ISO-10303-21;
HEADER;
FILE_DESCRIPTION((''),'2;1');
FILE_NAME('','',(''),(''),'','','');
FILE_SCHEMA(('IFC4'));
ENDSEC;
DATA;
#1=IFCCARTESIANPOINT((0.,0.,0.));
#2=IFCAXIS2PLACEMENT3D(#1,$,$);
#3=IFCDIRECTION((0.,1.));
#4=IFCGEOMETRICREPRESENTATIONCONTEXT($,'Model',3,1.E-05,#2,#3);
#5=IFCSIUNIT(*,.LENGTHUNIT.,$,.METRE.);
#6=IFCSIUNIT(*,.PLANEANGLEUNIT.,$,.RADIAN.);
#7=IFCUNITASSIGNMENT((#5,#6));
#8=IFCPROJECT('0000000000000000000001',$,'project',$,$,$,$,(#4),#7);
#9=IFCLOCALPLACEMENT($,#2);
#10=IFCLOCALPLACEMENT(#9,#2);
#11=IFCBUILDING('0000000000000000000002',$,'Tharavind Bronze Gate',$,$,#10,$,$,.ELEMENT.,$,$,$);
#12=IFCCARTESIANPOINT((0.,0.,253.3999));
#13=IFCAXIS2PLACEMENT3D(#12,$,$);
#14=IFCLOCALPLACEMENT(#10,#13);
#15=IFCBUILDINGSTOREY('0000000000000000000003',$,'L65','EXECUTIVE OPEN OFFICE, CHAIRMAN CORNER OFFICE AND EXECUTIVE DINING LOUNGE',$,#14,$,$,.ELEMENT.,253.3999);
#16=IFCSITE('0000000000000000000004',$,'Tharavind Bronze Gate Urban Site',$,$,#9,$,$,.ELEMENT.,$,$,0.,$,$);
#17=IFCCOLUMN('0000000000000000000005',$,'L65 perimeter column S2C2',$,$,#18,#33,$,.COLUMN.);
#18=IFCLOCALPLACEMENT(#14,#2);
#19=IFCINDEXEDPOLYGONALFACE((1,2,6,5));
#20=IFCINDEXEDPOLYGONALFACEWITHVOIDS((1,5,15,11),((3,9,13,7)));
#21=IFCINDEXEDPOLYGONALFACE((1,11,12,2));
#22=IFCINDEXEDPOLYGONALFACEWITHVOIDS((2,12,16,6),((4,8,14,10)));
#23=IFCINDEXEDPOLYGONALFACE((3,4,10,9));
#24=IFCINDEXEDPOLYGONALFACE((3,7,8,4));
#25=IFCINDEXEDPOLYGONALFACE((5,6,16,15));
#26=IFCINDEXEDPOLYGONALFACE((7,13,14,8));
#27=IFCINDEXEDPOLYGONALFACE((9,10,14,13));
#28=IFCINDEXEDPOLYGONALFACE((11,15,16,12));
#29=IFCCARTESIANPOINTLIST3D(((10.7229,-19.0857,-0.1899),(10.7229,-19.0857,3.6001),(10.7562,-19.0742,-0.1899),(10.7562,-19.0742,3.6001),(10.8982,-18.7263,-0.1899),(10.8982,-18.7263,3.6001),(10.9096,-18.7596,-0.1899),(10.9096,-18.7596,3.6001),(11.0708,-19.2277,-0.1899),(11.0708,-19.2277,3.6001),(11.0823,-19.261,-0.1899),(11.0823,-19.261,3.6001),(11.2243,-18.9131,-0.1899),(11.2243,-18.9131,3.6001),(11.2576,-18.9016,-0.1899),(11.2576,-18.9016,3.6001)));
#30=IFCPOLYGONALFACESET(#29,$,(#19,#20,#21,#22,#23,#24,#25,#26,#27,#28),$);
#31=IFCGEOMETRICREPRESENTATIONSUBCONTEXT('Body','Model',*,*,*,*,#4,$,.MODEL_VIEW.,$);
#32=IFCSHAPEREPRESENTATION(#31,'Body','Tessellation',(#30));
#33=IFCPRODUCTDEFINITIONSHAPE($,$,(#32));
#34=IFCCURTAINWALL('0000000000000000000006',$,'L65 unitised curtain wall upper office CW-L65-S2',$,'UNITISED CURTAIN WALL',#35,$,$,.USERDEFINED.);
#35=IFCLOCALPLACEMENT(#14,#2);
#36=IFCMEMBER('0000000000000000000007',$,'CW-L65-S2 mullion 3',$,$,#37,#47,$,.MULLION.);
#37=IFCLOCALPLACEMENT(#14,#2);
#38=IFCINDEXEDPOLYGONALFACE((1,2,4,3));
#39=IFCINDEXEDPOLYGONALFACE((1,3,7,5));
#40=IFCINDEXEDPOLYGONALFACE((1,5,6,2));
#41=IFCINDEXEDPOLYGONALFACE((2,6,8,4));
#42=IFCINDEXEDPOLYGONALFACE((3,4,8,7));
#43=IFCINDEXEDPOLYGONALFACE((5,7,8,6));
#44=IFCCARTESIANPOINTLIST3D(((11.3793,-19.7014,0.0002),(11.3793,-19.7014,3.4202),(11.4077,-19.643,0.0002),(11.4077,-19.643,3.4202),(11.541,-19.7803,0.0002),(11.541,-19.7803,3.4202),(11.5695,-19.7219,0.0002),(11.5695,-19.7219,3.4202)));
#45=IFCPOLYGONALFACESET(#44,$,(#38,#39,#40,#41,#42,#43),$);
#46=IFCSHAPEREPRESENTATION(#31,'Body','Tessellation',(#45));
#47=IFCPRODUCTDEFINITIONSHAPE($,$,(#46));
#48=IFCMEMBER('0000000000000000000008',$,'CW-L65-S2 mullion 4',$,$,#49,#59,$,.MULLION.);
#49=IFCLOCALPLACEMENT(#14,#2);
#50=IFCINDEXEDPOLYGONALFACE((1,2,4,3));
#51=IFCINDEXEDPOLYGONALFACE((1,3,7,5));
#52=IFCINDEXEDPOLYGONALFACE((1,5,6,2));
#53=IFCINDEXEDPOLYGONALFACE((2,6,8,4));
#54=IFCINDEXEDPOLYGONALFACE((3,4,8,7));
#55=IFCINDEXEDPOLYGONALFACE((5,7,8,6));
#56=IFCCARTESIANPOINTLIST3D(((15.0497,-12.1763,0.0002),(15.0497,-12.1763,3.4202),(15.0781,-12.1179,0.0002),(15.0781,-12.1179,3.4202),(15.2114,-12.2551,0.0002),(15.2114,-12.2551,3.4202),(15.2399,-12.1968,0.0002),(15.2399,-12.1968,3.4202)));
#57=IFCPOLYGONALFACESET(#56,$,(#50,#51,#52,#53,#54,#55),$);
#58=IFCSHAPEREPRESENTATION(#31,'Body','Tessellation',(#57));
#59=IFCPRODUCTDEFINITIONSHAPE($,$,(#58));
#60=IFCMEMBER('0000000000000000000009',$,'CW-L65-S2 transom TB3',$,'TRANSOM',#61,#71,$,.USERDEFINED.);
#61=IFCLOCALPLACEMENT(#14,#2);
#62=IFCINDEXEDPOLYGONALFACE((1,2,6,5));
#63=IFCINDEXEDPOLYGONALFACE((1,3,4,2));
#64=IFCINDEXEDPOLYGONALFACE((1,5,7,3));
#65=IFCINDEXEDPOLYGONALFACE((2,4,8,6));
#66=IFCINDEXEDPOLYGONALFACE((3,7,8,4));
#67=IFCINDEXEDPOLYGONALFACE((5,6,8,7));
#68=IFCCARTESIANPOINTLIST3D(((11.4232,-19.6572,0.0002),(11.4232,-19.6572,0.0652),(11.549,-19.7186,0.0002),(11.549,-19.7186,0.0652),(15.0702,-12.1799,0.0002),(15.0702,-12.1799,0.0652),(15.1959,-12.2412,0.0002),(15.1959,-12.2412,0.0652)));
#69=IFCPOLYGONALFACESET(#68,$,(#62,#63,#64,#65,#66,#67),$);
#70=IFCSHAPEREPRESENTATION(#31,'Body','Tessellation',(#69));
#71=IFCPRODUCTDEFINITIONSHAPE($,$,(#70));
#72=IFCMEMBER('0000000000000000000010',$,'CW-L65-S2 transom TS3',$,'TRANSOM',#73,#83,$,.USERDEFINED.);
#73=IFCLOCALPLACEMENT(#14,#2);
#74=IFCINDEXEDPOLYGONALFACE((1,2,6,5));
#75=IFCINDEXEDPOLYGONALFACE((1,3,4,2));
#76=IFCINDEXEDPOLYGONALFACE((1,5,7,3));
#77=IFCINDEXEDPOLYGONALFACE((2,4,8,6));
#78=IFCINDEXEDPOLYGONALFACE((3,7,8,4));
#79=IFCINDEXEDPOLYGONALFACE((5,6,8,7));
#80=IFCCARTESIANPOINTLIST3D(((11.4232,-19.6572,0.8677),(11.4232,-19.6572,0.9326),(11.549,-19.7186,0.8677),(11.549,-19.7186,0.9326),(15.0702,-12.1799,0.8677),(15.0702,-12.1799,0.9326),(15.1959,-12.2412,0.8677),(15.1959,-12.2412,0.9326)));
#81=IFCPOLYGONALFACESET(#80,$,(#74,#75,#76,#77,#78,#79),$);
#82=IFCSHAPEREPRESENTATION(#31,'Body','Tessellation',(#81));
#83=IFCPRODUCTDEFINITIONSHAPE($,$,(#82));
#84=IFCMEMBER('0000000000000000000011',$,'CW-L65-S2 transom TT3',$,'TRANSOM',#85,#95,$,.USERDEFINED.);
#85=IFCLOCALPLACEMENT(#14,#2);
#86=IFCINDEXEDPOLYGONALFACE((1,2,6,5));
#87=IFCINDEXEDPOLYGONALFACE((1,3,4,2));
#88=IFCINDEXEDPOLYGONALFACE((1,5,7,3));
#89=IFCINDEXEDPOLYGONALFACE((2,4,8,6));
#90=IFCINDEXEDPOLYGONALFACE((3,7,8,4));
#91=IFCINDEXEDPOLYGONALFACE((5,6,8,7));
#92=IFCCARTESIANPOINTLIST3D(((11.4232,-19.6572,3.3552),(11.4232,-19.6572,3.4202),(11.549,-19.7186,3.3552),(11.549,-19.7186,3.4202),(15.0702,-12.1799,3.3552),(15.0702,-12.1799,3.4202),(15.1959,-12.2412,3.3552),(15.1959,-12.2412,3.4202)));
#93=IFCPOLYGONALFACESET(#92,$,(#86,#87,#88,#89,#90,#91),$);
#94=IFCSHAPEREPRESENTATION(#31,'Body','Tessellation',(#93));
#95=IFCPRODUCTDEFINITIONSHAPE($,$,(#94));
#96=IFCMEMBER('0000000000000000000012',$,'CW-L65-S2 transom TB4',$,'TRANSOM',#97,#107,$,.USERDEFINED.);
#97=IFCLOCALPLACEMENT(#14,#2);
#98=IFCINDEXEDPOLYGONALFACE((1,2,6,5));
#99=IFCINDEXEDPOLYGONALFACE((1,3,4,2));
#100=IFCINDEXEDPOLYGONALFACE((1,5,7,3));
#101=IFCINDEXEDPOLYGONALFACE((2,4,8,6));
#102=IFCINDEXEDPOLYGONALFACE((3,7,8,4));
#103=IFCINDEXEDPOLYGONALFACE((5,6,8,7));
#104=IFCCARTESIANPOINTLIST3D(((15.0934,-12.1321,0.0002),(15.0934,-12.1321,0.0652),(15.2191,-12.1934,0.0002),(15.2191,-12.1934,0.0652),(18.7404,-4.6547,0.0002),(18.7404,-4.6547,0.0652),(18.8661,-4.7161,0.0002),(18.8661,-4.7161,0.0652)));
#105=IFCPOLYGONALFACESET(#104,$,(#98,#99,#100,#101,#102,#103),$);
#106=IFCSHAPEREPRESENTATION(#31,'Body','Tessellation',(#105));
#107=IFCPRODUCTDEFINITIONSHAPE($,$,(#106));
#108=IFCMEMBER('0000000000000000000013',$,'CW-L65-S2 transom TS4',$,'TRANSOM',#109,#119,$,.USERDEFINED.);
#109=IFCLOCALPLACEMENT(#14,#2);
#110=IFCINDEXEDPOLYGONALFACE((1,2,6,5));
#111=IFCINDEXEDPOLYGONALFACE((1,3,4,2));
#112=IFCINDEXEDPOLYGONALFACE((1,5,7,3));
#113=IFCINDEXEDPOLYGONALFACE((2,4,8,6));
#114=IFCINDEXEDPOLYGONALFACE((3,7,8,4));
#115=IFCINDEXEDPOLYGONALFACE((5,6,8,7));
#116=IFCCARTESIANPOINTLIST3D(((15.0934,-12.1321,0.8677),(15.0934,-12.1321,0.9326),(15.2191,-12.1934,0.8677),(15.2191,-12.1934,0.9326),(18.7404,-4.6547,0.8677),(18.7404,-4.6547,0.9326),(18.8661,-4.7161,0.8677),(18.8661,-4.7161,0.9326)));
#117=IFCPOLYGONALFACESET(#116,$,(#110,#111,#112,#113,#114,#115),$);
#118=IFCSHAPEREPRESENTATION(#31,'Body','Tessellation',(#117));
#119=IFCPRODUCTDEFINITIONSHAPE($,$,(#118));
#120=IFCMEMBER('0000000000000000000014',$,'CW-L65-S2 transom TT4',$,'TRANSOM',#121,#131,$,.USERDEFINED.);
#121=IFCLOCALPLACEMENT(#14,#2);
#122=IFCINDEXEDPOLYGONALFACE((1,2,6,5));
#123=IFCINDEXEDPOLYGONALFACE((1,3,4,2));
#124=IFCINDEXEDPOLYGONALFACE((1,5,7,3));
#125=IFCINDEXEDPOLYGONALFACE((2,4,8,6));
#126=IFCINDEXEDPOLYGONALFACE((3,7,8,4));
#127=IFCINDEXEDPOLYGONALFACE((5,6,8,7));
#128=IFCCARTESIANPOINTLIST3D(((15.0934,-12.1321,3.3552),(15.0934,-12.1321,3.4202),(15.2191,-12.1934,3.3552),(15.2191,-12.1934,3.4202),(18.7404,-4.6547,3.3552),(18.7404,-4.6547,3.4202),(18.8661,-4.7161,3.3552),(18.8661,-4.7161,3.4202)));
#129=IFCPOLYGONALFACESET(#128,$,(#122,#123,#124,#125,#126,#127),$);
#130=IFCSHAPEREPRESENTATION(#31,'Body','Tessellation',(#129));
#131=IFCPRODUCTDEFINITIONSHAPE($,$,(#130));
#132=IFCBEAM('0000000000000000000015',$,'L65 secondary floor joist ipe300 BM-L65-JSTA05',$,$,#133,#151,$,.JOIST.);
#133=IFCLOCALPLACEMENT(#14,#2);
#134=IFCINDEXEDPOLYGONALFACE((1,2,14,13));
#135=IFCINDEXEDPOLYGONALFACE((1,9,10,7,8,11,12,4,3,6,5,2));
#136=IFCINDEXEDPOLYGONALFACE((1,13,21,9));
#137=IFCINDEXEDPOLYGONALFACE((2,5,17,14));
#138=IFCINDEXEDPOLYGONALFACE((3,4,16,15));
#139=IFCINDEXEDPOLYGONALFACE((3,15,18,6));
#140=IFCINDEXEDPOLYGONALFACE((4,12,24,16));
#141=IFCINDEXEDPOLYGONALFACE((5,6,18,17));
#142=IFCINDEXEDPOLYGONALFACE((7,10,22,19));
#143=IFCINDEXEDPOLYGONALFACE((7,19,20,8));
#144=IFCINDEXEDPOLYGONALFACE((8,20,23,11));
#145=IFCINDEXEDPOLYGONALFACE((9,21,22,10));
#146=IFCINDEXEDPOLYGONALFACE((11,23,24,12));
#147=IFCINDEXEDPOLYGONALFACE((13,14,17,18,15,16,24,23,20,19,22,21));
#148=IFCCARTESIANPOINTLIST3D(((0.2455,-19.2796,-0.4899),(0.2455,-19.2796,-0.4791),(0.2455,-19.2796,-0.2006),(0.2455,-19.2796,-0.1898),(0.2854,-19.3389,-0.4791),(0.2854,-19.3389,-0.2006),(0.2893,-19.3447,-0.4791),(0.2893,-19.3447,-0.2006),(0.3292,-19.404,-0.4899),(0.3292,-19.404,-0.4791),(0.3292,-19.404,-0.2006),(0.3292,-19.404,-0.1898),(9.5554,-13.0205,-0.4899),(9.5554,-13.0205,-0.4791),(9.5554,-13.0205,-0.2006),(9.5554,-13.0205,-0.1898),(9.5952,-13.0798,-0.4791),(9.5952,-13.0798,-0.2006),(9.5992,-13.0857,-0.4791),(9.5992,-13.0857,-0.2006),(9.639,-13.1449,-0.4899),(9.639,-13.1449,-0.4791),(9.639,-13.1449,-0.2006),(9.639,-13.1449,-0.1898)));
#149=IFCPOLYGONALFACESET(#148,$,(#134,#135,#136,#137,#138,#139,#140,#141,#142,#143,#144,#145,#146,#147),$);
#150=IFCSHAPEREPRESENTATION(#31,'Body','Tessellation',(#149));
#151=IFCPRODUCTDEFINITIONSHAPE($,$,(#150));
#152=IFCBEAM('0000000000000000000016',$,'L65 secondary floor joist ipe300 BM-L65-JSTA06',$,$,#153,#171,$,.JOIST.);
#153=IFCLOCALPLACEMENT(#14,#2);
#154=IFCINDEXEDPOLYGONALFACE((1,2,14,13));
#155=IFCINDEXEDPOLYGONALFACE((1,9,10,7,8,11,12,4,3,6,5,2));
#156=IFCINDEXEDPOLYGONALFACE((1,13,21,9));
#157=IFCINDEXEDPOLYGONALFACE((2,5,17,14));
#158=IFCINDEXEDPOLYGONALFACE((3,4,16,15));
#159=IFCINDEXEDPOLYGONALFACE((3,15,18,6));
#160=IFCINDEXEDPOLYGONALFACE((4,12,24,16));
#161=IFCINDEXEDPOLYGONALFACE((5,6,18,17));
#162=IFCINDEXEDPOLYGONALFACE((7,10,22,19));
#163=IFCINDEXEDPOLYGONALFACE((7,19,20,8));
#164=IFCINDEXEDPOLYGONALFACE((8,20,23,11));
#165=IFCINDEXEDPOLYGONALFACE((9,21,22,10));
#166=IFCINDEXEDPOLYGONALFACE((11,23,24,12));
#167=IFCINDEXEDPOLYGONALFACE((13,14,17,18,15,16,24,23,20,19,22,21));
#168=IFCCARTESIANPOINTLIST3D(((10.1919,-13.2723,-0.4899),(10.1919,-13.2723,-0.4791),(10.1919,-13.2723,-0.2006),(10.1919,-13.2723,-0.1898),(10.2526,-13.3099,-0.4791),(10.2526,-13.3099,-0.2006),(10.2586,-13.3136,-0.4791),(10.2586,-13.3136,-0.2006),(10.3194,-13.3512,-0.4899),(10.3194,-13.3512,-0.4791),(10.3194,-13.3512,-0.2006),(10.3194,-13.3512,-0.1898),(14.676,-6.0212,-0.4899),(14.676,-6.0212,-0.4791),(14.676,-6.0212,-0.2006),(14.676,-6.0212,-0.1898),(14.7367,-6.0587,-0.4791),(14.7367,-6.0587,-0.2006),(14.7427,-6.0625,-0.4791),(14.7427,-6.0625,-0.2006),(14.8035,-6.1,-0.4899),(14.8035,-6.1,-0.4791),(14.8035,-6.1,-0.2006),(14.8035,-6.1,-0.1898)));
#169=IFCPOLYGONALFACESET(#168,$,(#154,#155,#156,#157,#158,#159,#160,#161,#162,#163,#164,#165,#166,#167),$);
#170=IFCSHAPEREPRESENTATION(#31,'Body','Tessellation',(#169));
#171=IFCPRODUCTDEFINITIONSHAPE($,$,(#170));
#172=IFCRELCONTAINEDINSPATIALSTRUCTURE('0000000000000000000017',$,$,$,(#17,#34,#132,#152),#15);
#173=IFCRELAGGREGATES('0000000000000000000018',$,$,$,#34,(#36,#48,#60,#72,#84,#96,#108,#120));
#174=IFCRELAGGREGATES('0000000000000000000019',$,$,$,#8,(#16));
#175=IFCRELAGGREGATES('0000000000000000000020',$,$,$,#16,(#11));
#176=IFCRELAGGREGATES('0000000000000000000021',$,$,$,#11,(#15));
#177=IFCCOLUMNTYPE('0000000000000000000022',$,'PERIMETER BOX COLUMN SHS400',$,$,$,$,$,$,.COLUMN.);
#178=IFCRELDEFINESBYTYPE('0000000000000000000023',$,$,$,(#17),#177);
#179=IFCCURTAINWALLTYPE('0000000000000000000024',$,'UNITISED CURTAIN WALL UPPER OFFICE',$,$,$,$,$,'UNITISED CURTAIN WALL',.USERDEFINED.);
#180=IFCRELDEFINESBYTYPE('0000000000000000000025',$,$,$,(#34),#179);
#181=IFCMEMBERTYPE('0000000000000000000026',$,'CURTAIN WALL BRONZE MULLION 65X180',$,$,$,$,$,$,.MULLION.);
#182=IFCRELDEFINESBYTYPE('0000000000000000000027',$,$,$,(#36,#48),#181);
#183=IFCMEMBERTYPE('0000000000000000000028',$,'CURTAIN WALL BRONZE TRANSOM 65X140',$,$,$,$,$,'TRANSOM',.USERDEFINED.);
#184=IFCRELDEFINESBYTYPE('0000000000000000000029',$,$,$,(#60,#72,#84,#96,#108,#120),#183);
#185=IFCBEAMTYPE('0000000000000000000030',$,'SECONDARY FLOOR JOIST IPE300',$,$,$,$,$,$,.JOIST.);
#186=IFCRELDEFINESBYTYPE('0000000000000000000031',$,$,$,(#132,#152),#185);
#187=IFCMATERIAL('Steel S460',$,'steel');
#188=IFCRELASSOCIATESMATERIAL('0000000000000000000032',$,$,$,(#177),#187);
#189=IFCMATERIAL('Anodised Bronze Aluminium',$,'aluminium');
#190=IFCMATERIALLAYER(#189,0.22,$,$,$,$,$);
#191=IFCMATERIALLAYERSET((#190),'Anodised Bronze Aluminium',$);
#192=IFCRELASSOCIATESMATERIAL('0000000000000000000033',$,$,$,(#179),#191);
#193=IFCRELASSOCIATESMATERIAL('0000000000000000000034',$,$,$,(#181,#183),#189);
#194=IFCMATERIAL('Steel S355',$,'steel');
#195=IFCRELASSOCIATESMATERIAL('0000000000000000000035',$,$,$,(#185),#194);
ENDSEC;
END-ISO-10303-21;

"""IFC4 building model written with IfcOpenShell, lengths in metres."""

from ifc_helpers import new_model, si_unit, direction, frame, origin, origin_2d, place, context, subcontext, project, spatial, rectangle, hollow_rectangle, i_section, extrude, material, layer, layer_set, material_profile, profile_set, type_object, element, aggregate, save


model = new_model("IFC4")

# Units and contexts
model_context = context("Model", 3, precision=1e-05, world=origin(), true_north=direction((0.0, 1.0)))
body_context = subcontext(model_context, "Body", "Model", "MODEL_VIEW")
ifc_project = project(units=[si_unit("LENGTHUNIT", "METRE"), si_unit("PLANEANGLEUNIT", "RADIAN")], contexts=[model_context])

# Site, building, storey
site_placement = place(None, origin())
site = spatial("IfcSite", under=ifc_project, at=site_placement, Name="Tharavind Bronze Gate Urban Site", CompositionType="ELEMENT", RefElevation=0.0)
building_placement = place(site_placement, origin())
building = spatial("IfcBuilding", under=site, at=building_placement, Name="Tharavind Bronze Gate", CompositionType="ELEMENT")
storey_placement = place(building_placement, frame((0.0, 0.0, 253.3999)))
storey = spatial("IfcBuildingStorey", under=building, at=storey_placement, Name="L65", Description="EXECUTIVE OPEN OFFICE, CHAIRMAN CORNER OFFICE AND EXECUTIVE DINING LOUNGE", CompositionType="ELEMENT", Elevation=253.3999)

# Column
ifc_material_1 = material(Name="Steel S460", Category="steel")
ifc_material_profile_1 = material_profile(ifc_material_1, hollow_rectangle(XDim=0.3999, YDim=0.3999, WallThickness=0.0249, at=origin_2d()), Name="SHS400X25")
ifc_profile_set_1 = profile_set([ifc_material_profile_1], Name="Steel S460")
column_type = type_object("IfcColumnType", Name="PERIMETER BOX COLUMN SHS400", PredefinedType="COLUMN", material=ifc_profile_set_1)
column_placement = place(storey_placement, frame((10.9902, -18.9937, -0.1899), z_axis=(0.0, 0.0, 1.0), x_axis=(0.438373, 0.898793, 0.0)))
element("IfcColumn", 1, at=column_placement, inside=storey, type_object=column_type, Name="L65 perimeter column S2C2", PredefinedType="COLUMN", context=body_context, shape_type="SweptSolid", body=[
    extrude(hollow_rectangle(XDim=0.3999, YDim=0.3999, WallThickness=0.0249, at=origin_2d()), origin(), (0.0, 0.0, 1.0), 3.79),
])

# Curtain wall, members
ifc_material_2 = material(Name="Anodised Bronze Aluminium", Category="aluminium")
ifc_layer_1 = layer(ifc_material_2, 0.22)
ifc_layer_set_1 = layer_set([ifc_layer_1], Name="Anodised Bronze Aluminium")
curtain_wall_type = type_object("IfcCurtainWallType", Name="UNITISED CURTAIN WALL UPPER OFFICE", ElementType="UNITISED CURTAIN WALL", PredefinedType="USERDEFINED", material=ifc_layer_set_1)
curtain_wall_placement = place(storey_placement, origin())
curtain_wall = element("IfcCurtainWall", 2, at=curtain_wall_placement, inside=storey, type_object=curtain_wall_type, Name="L65 unitised curtain wall upper office CW-L65-S2", ObjectType="UNITISED CURTAIN WALL", PredefinedType="USERDEFINED")
member_type_1 = type_object("IfcMemberType", Name="CURTAIN WALL BRONZE MULLION 65X180", PredefinedType="MULLION", material=ifc_material_2)
member_1_placement = place(storey_placement, frame((11.4744, -19.7117, 0.0002), z_axis=(0.0, 0.0, 1.0), x_axis=(0.438373, 0.898793, 0.0)))
member_1 = element("IfcMember", 3, at=member_1_placement, type_object=member_type_1, Name="CW-L65-S2 mullion 3", PredefinedType="MULLION", context=body_context, shape_type="SweptSolid", body=[
    extrude(rectangle(XDim=0.0649, YDim=0.1799, at=origin_2d()), origin(), (0.0, 0.0, 1.0), 3.4199),
])
member_2_placement = place(storey_placement, frame((15.1448, -12.1865, 0.0002), z_axis=(0.0, 0.0, 1.0), x_axis=(0.438373, 0.898793, 0.0)))
member_2 = element("IfcMember", 4, at=member_2_placement, type_object=member_type_1, Name="CW-L65-S2 mullion 4", PredefinedType="MULLION", context=body_context, shape_type="SweptSolid", body=[
    extrude(rectangle(XDim=0.0649, YDim=0.1799, at=origin_2d()), origin(), (0.0, 0.0, 1.0), 3.4199),
])
member_type_2 = type_object("IfcMemberType", Name="CURTAIN WALL BRONZE TRANSOM 65X140", ElementType="TRANSOM", PredefinedType="USERDEFINED", material=ifc_material_2)
member_3_placement = place(storey_placement, frame((13.3096, -15.9492, 0.0002), z_axis=(0.0, 0.0, 1.0), x_axis=(0.438373, 0.898793, 0.0)))
member_3 = element("IfcMember", 5, at=member_3_placement, type_object=member_type_2, Name="CW-L65-S2 transom TB3", ObjectType="TRANSOM", PredefinedType="USERDEFINED", context=body_context, shape_type="SweptSolid", body=[
    extrude(rectangle(XDim=8.3193, YDim=0.1399, at=origin_2d()), origin(), (0.0, 0.0, 1.0), 0.0649),
])
member_4_placement = place(storey_placement, frame((13.3096, -15.9492, 0.8677), z_axis=(0.0, 0.0, 1.0), x_axis=(0.438373, 0.898793, 0.0)))
member_4 = element("IfcMember", 6, at=member_4_placement, type_object=member_type_2, Name="CW-L65-S2 transom TS3", ObjectType="TRANSOM", PredefinedType="USERDEFINED", context=body_context, shape_type="SweptSolid", body=[
    extrude(rectangle(XDim=8.3193, YDim=0.1399, at=origin_2d()), origin(), (0.0, 0.0, 1.0), 0.0649),
])
member_5_placement = place(storey_placement, frame((13.3096, -15.9492, 3.3552), z_axis=(0.0, 0.0, 1.0), x_axis=(0.438373, 0.898793, 0.0)))
member_5 = element("IfcMember", 7, at=member_5_placement, type_object=member_type_2, Name="CW-L65-S2 transom TT3", ObjectType="TRANSOM", PredefinedType="USERDEFINED", context=body_context, shape_type="SweptSolid", body=[
    extrude(rectangle(XDim=8.3193, YDim=0.1399, at=origin_2d()), origin(), (0.0, 0.0, 1.0), 0.0649),
])
member_6_placement = place(storey_placement, frame((16.9797, -8.4241, 0.0002), z_axis=(0.0, 0.0, 1.0), x_axis=(0.438373, 0.898793, 0.0)))
member_6 = element("IfcMember", 8, at=member_6_placement, type_object=member_type_2, Name="CW-L65-S2 transom TB4", ObjectType="TRANSOM", PredefinedType="USERDEFINED", context=body_context, shape_type="SweptSolid", body=[
    extrude(rectangle(XDim=8.3193, YDim=0.1399, at=origin_2d()), origin(), (0.0, 0.0, 1.0), 0.0649),
])
member_7_placement = place(storey_placement, frame((16.9797, -8.4241, 0.8677), z_axis=(0.0, 0.0, 1.0), x_axis=(0.438373, 0.898793, 0.0)))
member_7 = element("IfcMember", 9, at=member_7_placement, type_object=member_type_2, Name="CW-L65-S2 transom TS4", ObjectType="TRANSOM", PredefinedType="USERDEFINED", context=body_context, shape_type="SweptSolid", body=[
    extrude(rectangle(XDim=8.3193, YDim=0.1399, at=origin_2d()), origin(), (0.0, 0.0, 1.0), 0.0649),
])
member_8_placement = place(storey_placement, frame((16.9797, -8.4241, 3.3552), z_axis=(0.0, 0.0, 1.0), x_axis=(0.438373, 0.898793, 0.0)))
member_8 = element("IfcMember", 10, at=member_8_placement, type_object=member_type_2, Name="CW-L65-S2 transom TT4", ObjectType="TRANSOM", PredefinedType="USERDEFINED", context=body_context, shape_type="SweptSolid", body=[
    extrude(rectangle(XDim=8.3193, YDim=0.1399, at=origin_2d()), origin(), (0.0, 0.0, 1.0), 0.0649),
])

# Beams
ifc_material_3 = material(Name="Steel S355", Category="steel")
ifc_material_profile_2 = material_profile(ifc_material_3, i_section(OverallWidth=0.1499, OverallDepth=0.3, WebThickness=0.0071, FlangeThickness=0.0107, at=origin_2d()), Name="IPE300")
ifc_profile_set_2 = profile_set([ifc_material_profile_2], Name="Steel S355")
beam_type_1 = type_object("IfcBeamType", Name="SECONDARY FLOOR JOIST IPE300", PredefinedType="JOIST", material=ifc_profile_set_2)
beam_1_placement = place(storey_placement, frame((0.2874, -19.3418, -0.3398), z_axis=(0.829884, 0.557935, 0.0), x_axis=(-0.557935, 0.829884, 0.0)))
element("IfcBeam", 11, at=beam_1_placement, inside=storey, type_object=beam_type_1, Name="L65 secondary floor joist ipe300 BM-L65-JSTA05", PredefinedType="JOIST", context=body_context, shape_type="SweptSolid", body=[
    extrude(i_section(OverallWidth=0.1499, OverallDepth=0.3, WebThickness=0.0071, FlangeThickness=0.0107, at=origin_2d()), origin(), (0.0, 0.0, 1.0), 11.2183),
])
beam_2_placement = place(storey_placement, frame((10.2556, -13.3118, -0.3398), z_axis=(0.525954, 0.850513, 0.0), x_axis=(-0.850513, 0.525954, 0.0)))
element("IfcBeam", 12, at=beam_2_placement, inside=storey, type_object=beam_type_1, Name="L65 secondary floor joist ipe300 BM-L65-JSTA06", PredefinedType="JOIST", context=body_context, shape_type="SweptSolid", body=[
    extrude(i_section(OverallWidth=0.1499, OverallDepth=0.3, WebThickness=0.0071, FlangeThickness=0.0107, at=origin_2d()), origin(), (0.0, 0.0, 1.0), 8.5256),
])

aggregate(curtain_wall, [member_1, member_2, member_3, member_4, member_5, member_6, member_7, member_8])

save(model, "model.ifc")
